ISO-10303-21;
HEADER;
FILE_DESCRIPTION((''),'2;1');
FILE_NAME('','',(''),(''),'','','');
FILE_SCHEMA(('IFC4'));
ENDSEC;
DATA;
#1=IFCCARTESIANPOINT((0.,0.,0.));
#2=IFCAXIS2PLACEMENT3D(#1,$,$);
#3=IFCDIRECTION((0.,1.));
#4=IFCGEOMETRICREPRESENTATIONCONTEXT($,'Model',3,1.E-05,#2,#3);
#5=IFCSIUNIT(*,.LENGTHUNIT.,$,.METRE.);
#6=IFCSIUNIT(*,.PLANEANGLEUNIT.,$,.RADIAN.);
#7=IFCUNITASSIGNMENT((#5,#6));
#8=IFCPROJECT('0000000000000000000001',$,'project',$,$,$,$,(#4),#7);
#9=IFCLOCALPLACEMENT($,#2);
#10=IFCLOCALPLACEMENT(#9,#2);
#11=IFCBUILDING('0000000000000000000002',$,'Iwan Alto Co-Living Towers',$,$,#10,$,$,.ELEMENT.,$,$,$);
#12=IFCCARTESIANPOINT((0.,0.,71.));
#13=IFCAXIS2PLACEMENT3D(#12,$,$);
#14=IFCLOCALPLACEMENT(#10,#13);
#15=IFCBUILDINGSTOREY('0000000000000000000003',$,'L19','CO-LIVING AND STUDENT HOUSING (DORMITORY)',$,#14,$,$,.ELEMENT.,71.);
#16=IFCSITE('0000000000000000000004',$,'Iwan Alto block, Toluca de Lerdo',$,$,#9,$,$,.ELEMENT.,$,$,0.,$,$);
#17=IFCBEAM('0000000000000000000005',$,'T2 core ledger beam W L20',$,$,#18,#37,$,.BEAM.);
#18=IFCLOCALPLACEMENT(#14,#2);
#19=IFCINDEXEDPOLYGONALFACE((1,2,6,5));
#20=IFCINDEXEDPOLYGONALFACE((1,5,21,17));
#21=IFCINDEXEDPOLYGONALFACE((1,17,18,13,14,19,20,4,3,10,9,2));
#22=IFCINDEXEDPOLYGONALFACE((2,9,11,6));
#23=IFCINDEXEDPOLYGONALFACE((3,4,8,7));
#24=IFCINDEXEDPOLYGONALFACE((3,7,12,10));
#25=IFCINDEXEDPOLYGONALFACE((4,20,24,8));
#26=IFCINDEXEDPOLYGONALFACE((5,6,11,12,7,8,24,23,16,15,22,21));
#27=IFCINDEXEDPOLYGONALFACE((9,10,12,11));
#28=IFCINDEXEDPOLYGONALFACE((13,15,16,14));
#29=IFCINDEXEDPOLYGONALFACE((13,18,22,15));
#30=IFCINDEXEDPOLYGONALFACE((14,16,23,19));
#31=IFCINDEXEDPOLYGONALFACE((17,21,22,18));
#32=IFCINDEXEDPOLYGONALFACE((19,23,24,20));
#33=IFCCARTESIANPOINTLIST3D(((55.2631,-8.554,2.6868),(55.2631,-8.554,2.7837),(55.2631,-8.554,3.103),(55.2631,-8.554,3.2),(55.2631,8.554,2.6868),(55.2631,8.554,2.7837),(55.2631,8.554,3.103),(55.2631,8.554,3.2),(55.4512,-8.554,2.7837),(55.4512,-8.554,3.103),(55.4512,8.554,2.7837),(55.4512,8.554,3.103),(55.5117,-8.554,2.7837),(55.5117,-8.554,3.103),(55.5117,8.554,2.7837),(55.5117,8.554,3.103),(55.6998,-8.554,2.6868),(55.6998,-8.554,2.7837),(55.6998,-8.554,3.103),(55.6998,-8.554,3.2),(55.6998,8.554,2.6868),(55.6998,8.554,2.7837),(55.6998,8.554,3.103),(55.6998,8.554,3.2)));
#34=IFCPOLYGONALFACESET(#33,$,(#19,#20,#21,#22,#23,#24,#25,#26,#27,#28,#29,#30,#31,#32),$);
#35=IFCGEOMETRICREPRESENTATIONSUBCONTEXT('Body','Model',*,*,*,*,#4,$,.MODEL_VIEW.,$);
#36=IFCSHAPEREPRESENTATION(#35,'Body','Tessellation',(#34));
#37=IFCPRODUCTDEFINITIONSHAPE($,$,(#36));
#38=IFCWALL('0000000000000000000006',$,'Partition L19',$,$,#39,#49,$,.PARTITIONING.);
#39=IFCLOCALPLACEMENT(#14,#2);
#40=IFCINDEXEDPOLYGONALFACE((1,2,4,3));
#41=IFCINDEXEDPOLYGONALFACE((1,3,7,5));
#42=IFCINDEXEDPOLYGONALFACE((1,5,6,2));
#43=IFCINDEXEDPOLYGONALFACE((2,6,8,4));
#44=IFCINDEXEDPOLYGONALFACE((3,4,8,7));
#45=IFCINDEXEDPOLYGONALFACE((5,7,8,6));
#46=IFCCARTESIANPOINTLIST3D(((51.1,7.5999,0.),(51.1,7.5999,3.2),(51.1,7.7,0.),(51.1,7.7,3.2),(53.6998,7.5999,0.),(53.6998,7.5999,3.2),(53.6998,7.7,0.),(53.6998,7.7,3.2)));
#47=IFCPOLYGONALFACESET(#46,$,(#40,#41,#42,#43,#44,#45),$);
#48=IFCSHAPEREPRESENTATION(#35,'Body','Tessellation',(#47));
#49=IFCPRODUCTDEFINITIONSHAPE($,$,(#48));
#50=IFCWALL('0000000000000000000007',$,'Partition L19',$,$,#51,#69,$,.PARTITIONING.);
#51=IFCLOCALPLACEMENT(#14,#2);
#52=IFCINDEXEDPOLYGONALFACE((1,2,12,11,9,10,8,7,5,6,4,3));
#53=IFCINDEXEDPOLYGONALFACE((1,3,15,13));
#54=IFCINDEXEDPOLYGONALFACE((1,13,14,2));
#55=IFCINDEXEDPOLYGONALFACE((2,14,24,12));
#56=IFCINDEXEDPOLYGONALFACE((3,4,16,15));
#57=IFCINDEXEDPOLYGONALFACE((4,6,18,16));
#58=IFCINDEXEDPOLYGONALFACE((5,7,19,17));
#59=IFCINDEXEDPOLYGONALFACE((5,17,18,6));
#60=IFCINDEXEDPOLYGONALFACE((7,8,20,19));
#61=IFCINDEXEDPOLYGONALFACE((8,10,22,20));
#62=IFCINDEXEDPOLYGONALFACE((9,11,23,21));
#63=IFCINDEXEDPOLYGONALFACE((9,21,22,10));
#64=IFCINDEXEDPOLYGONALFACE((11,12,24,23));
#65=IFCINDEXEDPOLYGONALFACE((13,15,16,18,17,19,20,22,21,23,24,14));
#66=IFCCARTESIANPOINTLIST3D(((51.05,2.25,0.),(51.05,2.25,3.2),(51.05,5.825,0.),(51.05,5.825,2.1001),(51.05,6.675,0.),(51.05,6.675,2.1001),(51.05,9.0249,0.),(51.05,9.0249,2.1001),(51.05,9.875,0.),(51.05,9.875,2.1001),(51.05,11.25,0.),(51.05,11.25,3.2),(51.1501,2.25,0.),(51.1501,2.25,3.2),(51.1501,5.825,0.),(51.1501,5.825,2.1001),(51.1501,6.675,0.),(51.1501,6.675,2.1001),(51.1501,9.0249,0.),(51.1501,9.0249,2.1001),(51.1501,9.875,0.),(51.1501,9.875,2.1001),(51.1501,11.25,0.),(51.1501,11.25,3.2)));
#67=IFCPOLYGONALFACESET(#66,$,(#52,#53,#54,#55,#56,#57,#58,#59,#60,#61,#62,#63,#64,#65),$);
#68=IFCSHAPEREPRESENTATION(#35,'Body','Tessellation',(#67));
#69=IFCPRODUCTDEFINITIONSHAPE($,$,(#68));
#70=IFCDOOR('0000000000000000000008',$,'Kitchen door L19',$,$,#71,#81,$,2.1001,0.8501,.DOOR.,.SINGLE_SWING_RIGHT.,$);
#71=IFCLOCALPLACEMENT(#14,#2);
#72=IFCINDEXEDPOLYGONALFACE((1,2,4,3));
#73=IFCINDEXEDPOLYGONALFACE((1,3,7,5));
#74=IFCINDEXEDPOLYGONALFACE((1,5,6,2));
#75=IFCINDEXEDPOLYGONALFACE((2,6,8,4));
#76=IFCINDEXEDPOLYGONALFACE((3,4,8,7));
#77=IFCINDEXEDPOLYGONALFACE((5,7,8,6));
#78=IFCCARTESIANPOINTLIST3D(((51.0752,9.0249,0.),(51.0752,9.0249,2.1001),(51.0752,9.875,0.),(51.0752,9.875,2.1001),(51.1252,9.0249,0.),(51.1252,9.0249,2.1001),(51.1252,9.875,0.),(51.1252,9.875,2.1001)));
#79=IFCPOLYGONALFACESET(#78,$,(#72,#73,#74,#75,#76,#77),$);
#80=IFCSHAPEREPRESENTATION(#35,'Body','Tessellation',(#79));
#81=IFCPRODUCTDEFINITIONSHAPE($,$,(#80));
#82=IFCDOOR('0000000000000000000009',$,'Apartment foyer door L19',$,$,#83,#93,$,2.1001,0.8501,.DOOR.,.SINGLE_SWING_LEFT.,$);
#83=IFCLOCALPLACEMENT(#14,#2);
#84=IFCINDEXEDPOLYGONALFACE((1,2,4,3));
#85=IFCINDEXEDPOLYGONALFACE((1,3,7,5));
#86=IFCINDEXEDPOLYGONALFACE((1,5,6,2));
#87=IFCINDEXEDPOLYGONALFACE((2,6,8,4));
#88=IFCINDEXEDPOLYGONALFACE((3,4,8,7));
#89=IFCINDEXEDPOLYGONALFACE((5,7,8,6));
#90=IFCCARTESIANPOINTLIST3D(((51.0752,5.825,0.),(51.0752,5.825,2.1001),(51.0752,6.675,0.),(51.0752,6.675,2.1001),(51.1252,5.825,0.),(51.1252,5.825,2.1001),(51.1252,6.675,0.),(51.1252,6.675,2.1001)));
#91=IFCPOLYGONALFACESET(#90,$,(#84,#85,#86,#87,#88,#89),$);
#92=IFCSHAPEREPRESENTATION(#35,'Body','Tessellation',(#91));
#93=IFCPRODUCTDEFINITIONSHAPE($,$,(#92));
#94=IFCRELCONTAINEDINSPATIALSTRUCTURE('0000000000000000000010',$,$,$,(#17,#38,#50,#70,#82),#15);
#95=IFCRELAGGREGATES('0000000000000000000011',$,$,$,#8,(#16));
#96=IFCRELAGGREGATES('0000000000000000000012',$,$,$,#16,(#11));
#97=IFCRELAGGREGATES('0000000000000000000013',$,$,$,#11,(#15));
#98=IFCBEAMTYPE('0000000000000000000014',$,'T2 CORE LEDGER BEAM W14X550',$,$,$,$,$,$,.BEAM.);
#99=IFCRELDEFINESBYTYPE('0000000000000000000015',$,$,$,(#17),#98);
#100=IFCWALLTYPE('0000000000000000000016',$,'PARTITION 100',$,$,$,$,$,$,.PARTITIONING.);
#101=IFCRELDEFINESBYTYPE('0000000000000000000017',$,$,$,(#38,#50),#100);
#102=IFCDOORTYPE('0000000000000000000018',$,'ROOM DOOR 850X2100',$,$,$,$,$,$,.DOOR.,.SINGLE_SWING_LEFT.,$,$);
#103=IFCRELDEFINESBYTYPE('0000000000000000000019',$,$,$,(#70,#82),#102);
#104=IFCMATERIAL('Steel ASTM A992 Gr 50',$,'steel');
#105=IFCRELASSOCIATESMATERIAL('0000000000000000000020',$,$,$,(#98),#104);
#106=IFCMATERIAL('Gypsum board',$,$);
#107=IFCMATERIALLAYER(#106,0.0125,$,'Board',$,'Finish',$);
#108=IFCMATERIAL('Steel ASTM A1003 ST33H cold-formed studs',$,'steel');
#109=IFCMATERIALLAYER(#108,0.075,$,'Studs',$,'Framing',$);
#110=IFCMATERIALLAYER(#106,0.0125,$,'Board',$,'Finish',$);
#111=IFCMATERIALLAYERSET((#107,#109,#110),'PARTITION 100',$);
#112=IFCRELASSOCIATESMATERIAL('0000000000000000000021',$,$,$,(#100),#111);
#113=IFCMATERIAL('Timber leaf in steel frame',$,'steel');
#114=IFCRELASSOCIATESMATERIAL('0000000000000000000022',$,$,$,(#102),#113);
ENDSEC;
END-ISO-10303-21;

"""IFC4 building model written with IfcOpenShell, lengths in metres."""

from ifc_helpers import new_model, si_unit, direction, frame, frame_2d, origin, origin_2d, place, context, subcontext, project, spatial, rectangle, i_section, extrude, material, layer, layer_set, material_profile, profile_set, type_object, element, fill, save


model = new_model("IFC4")

# Units and contexts
model_context = context("Model", 3, precision=1e-05, world=origin(), true_north=direction((0.0, 1.0)))
body_context = subcontext(model_context, "Body", "Model", "MODEL_VIEW")
ifc_project = project(units=[si_unit("LENGTHUNIT", "METRE"), si_unit("PLANEANGLEUNIT", "RADIAN")], contexts=[model_context])

# Site, building, storey
site_placement = place(None, origin())
site = spatial("IfcSite", under=ifc_project, at=site_placement, Name="Iwan Alto block, Toluca de Lerdo", CompositionType="ELEMENT", RefElevation=0.0)
building_placement = place(site_placement, origin())
building = spatial("IfcBuilding", under=site, at=building_placement, Name="Iwan Alto Co-Living Towers", CompositionType="ELEMENT")
storey_placement = place(building_placement, frame((0.0, 0.0, 71.0)))
storey = spatial("IfcBuildingStorey", under=building, at=storey_placement, Name="L19", Description="CO-LIVING AND STUDENT HOUSING (DORMITORY)", CompositionType="ELEMENT", Elevation=71.0)

# Beam
ifc_material_1 = material(Name="Steel ASTM A992 Gr 50", Category="steel")
ifc_material_profile = material_profile(ifc_material_1, i_section(OverallWidth=0.4368, OverallDepth=0.5132, WebThickness=0.0605, FlangeThickness=0.0969, at=origin_2d()), Name="W14X550")
ifc_profile_set = profile_set([ifc_material_profile], Name="Steel ASTM A992 Gr 50")
beam_type = type_object("IfcBeamType", Name="T2 CORE LEDGER BEAM W14X550", PredefinedType="BEAM", material=ifc_profile_set)
beam_placement = place(storey_placement, frame((55.4814, 8.554, 2.9434), z_axis=(0.0, -1.0, 0.0), x_axis=(1.0, 0.0, 0.0)))
element("IfcBeam", 1, at=beam_placement, inside=storey, type_object=beam_type, Name="T2 core ledger beam W L20", PredefinedType="BEAM", context=body_context, shape_type="SweptSolid", body=[
    extrude(i_section(OverallWidth=0.4368, OverallDepth=0.5132, WebThickness=0.0605, FlangeThickness=0.0969, at=origin_2d()), origin(), (0.0, 0.0, 1.0), 17.1079),
])

# Wall
ifc_material_2 = material(Name="Gypsum board")
ifc_layer_1 = layer(ifc_material_2, 0.0125, Name="Board", Category="Finish")
ifc_material_3 = material(Name="Steel ASTM A1003 ST33H cold-formed studs", Category="steel")
ifc_layer_2 = layer(ifc_material_3, 0.075, Name="Studs", Category="Framing")
ifc_layer_3 = layer(ifc_material_2, 0.0125, Name="Board", Category="Finish")
ifc_layer_set_1 = layer_set([ifc_layer_1, ifc_layer_2, ifc_layer_3], Name="PARTITION 100")
wall_type_1 = type_object("IfcWallType", Name="PARTITION 100", PredefinedType="PARTITIONING", material=ifc_layer_set_1)
wall_1_placement = place(storey_placement, frame((51.1001, 7.6499, 0.0), z_axis=(0.0, 0.0, 1.0), x_axis=(1.0, 0.0, 0.0)))
element("IfcWall", 2, at=wall_1_placement, inside=storey, type_object=wall_type_1, Name="Partition L19", PredefinedType="PARTITIONING", context=body_context, shape_type="SweptSolid", body=[
    extrude(rectangle(XDim=2.5999, YDim=0.1001, at=frame_2d((1.2998, 0.0))), origin(), (0.0, 0.0, 1.0), 3.2),
])

# Wall, openings, doors
wall_2_placement = place(storey_placement, frame((51.1001, 2.25, 0.0), z_axis=(0.0, 0.0, 1.0), x_axis=(0.0, 1.0, 0.0)))
wall_2 = element("IfcWall", 3, at=wall_2_placement, inside=storey, type_object=wall_type_1, Name="Partition L19", PredefinedType="PARTITIONING", context=body_context, shape_type="SweptSolid", body=[
    extrude(rectangle(XDim=9.0, YDim=0.1001, at=frame_2d((4.5, 0.0))), origin(), (0.0, 0.0, 1.0), 3.2),
])
opening_1_placement = place(wall_2_placement, frame((6.7749, 0.0, 0.0)))
opening_1 = element("IfcOpeningElement", 4, at=opening_1_placement, cuts=wall_2, PredefinedType="OPENING", context=body_context, shape_type="SweptSolid", body=[
    extrude(rectangle(XDim=0.8501, YDim=2.1001, at=frame_2d((0.425, 1.05))), frame((0.0, 0.0601, 0.0), z_axis=(0.0, -1.0, 0.0), x_axis=(1.0, 0.0, 0.0)), (0.0, 0.0, 1.0), 0.1201),
])
opening_2_placement = place(wall_2_placement, frame((3.575, 0.0, 0.0)))
opening_2 = element("IfcOpeningElement", 5, at=opening_2_placement, cuts=wall_2, PredefinedType="OPENING", context=body_context, shape_type="SweptSolid", body=[
    extrude(rectangle(XDim=0.8501, YDim=2.1001, at=frame_2d((0.425, 1.05))), frame((0.0, 0.0601, 0.0), z_axis=(0.0, -1.0, 0.0), x_axis=(1.0, 0.0, 0.0)), (0.0, 0.0, 1.0), 0.1201),
])
ifc_material_4 = material(Name="Timber leaf in steel frame", Category="steel")
door_type_1 = type_object("IfcDoorType", Name="ROOM DOOR 850X2100", OperationType="SINGLE_SWING_LEFT", PredefinedType="DOOR", material=ifc_material_4)
door_1_placement = place(opening_1_placement, origin())
door_1 = element("IfcDoor", 6, at=door_1_placement, inside=storey, type_object=door_type_1, Name="Kitchen door L19", OperationType="SINGLE_SWING_RIGHT", OverallHeight=2.1001, OverallWidth=0.8501, PredefinedType="DOOR", context=body_context, shape_type="SweptSolid", body=[
    extrude(rectangle(XDim=0.8501, YDim=2.1001, at=frame_2d((0.425, 1.05))), frame((0.0, 0.0249, 0.0), z_axis=(0.0, -1.0, 0.0), x_axis=(1.0, 0.0, 0.0)), (0.0, 0.0, 1.0), 0.05),
])
fill(opening_1, door_1)
door_2_placement = place(opening_2_placement, origin())
door_2 = element("IfcDoor", 7, at=door_2_placement, inside=storey, type_object=door_type_1, Name="Apartment foyer door L19", OperationType="SINGLE_SWING_LEFT", OverallHeight=2.1001, OverallWidth=0.8501, PredefinedType="DOOR", context=body_context, shape_type="SweptSolid", body=[
    extrude(rectangle(XDim=0.8501, YDim=2.1001, at=frame_2d((0.425, 1.05))), frame((0.0, 0.0249, 0.0), z_axis=(0.0, -1.0, 0.0), x_axis=(1.0, 0.0, 0.0)), (0.0, 0.0, 1.0), 0.05),
])
fill(opening_2, door_2)

save(model, "model.ifc")
